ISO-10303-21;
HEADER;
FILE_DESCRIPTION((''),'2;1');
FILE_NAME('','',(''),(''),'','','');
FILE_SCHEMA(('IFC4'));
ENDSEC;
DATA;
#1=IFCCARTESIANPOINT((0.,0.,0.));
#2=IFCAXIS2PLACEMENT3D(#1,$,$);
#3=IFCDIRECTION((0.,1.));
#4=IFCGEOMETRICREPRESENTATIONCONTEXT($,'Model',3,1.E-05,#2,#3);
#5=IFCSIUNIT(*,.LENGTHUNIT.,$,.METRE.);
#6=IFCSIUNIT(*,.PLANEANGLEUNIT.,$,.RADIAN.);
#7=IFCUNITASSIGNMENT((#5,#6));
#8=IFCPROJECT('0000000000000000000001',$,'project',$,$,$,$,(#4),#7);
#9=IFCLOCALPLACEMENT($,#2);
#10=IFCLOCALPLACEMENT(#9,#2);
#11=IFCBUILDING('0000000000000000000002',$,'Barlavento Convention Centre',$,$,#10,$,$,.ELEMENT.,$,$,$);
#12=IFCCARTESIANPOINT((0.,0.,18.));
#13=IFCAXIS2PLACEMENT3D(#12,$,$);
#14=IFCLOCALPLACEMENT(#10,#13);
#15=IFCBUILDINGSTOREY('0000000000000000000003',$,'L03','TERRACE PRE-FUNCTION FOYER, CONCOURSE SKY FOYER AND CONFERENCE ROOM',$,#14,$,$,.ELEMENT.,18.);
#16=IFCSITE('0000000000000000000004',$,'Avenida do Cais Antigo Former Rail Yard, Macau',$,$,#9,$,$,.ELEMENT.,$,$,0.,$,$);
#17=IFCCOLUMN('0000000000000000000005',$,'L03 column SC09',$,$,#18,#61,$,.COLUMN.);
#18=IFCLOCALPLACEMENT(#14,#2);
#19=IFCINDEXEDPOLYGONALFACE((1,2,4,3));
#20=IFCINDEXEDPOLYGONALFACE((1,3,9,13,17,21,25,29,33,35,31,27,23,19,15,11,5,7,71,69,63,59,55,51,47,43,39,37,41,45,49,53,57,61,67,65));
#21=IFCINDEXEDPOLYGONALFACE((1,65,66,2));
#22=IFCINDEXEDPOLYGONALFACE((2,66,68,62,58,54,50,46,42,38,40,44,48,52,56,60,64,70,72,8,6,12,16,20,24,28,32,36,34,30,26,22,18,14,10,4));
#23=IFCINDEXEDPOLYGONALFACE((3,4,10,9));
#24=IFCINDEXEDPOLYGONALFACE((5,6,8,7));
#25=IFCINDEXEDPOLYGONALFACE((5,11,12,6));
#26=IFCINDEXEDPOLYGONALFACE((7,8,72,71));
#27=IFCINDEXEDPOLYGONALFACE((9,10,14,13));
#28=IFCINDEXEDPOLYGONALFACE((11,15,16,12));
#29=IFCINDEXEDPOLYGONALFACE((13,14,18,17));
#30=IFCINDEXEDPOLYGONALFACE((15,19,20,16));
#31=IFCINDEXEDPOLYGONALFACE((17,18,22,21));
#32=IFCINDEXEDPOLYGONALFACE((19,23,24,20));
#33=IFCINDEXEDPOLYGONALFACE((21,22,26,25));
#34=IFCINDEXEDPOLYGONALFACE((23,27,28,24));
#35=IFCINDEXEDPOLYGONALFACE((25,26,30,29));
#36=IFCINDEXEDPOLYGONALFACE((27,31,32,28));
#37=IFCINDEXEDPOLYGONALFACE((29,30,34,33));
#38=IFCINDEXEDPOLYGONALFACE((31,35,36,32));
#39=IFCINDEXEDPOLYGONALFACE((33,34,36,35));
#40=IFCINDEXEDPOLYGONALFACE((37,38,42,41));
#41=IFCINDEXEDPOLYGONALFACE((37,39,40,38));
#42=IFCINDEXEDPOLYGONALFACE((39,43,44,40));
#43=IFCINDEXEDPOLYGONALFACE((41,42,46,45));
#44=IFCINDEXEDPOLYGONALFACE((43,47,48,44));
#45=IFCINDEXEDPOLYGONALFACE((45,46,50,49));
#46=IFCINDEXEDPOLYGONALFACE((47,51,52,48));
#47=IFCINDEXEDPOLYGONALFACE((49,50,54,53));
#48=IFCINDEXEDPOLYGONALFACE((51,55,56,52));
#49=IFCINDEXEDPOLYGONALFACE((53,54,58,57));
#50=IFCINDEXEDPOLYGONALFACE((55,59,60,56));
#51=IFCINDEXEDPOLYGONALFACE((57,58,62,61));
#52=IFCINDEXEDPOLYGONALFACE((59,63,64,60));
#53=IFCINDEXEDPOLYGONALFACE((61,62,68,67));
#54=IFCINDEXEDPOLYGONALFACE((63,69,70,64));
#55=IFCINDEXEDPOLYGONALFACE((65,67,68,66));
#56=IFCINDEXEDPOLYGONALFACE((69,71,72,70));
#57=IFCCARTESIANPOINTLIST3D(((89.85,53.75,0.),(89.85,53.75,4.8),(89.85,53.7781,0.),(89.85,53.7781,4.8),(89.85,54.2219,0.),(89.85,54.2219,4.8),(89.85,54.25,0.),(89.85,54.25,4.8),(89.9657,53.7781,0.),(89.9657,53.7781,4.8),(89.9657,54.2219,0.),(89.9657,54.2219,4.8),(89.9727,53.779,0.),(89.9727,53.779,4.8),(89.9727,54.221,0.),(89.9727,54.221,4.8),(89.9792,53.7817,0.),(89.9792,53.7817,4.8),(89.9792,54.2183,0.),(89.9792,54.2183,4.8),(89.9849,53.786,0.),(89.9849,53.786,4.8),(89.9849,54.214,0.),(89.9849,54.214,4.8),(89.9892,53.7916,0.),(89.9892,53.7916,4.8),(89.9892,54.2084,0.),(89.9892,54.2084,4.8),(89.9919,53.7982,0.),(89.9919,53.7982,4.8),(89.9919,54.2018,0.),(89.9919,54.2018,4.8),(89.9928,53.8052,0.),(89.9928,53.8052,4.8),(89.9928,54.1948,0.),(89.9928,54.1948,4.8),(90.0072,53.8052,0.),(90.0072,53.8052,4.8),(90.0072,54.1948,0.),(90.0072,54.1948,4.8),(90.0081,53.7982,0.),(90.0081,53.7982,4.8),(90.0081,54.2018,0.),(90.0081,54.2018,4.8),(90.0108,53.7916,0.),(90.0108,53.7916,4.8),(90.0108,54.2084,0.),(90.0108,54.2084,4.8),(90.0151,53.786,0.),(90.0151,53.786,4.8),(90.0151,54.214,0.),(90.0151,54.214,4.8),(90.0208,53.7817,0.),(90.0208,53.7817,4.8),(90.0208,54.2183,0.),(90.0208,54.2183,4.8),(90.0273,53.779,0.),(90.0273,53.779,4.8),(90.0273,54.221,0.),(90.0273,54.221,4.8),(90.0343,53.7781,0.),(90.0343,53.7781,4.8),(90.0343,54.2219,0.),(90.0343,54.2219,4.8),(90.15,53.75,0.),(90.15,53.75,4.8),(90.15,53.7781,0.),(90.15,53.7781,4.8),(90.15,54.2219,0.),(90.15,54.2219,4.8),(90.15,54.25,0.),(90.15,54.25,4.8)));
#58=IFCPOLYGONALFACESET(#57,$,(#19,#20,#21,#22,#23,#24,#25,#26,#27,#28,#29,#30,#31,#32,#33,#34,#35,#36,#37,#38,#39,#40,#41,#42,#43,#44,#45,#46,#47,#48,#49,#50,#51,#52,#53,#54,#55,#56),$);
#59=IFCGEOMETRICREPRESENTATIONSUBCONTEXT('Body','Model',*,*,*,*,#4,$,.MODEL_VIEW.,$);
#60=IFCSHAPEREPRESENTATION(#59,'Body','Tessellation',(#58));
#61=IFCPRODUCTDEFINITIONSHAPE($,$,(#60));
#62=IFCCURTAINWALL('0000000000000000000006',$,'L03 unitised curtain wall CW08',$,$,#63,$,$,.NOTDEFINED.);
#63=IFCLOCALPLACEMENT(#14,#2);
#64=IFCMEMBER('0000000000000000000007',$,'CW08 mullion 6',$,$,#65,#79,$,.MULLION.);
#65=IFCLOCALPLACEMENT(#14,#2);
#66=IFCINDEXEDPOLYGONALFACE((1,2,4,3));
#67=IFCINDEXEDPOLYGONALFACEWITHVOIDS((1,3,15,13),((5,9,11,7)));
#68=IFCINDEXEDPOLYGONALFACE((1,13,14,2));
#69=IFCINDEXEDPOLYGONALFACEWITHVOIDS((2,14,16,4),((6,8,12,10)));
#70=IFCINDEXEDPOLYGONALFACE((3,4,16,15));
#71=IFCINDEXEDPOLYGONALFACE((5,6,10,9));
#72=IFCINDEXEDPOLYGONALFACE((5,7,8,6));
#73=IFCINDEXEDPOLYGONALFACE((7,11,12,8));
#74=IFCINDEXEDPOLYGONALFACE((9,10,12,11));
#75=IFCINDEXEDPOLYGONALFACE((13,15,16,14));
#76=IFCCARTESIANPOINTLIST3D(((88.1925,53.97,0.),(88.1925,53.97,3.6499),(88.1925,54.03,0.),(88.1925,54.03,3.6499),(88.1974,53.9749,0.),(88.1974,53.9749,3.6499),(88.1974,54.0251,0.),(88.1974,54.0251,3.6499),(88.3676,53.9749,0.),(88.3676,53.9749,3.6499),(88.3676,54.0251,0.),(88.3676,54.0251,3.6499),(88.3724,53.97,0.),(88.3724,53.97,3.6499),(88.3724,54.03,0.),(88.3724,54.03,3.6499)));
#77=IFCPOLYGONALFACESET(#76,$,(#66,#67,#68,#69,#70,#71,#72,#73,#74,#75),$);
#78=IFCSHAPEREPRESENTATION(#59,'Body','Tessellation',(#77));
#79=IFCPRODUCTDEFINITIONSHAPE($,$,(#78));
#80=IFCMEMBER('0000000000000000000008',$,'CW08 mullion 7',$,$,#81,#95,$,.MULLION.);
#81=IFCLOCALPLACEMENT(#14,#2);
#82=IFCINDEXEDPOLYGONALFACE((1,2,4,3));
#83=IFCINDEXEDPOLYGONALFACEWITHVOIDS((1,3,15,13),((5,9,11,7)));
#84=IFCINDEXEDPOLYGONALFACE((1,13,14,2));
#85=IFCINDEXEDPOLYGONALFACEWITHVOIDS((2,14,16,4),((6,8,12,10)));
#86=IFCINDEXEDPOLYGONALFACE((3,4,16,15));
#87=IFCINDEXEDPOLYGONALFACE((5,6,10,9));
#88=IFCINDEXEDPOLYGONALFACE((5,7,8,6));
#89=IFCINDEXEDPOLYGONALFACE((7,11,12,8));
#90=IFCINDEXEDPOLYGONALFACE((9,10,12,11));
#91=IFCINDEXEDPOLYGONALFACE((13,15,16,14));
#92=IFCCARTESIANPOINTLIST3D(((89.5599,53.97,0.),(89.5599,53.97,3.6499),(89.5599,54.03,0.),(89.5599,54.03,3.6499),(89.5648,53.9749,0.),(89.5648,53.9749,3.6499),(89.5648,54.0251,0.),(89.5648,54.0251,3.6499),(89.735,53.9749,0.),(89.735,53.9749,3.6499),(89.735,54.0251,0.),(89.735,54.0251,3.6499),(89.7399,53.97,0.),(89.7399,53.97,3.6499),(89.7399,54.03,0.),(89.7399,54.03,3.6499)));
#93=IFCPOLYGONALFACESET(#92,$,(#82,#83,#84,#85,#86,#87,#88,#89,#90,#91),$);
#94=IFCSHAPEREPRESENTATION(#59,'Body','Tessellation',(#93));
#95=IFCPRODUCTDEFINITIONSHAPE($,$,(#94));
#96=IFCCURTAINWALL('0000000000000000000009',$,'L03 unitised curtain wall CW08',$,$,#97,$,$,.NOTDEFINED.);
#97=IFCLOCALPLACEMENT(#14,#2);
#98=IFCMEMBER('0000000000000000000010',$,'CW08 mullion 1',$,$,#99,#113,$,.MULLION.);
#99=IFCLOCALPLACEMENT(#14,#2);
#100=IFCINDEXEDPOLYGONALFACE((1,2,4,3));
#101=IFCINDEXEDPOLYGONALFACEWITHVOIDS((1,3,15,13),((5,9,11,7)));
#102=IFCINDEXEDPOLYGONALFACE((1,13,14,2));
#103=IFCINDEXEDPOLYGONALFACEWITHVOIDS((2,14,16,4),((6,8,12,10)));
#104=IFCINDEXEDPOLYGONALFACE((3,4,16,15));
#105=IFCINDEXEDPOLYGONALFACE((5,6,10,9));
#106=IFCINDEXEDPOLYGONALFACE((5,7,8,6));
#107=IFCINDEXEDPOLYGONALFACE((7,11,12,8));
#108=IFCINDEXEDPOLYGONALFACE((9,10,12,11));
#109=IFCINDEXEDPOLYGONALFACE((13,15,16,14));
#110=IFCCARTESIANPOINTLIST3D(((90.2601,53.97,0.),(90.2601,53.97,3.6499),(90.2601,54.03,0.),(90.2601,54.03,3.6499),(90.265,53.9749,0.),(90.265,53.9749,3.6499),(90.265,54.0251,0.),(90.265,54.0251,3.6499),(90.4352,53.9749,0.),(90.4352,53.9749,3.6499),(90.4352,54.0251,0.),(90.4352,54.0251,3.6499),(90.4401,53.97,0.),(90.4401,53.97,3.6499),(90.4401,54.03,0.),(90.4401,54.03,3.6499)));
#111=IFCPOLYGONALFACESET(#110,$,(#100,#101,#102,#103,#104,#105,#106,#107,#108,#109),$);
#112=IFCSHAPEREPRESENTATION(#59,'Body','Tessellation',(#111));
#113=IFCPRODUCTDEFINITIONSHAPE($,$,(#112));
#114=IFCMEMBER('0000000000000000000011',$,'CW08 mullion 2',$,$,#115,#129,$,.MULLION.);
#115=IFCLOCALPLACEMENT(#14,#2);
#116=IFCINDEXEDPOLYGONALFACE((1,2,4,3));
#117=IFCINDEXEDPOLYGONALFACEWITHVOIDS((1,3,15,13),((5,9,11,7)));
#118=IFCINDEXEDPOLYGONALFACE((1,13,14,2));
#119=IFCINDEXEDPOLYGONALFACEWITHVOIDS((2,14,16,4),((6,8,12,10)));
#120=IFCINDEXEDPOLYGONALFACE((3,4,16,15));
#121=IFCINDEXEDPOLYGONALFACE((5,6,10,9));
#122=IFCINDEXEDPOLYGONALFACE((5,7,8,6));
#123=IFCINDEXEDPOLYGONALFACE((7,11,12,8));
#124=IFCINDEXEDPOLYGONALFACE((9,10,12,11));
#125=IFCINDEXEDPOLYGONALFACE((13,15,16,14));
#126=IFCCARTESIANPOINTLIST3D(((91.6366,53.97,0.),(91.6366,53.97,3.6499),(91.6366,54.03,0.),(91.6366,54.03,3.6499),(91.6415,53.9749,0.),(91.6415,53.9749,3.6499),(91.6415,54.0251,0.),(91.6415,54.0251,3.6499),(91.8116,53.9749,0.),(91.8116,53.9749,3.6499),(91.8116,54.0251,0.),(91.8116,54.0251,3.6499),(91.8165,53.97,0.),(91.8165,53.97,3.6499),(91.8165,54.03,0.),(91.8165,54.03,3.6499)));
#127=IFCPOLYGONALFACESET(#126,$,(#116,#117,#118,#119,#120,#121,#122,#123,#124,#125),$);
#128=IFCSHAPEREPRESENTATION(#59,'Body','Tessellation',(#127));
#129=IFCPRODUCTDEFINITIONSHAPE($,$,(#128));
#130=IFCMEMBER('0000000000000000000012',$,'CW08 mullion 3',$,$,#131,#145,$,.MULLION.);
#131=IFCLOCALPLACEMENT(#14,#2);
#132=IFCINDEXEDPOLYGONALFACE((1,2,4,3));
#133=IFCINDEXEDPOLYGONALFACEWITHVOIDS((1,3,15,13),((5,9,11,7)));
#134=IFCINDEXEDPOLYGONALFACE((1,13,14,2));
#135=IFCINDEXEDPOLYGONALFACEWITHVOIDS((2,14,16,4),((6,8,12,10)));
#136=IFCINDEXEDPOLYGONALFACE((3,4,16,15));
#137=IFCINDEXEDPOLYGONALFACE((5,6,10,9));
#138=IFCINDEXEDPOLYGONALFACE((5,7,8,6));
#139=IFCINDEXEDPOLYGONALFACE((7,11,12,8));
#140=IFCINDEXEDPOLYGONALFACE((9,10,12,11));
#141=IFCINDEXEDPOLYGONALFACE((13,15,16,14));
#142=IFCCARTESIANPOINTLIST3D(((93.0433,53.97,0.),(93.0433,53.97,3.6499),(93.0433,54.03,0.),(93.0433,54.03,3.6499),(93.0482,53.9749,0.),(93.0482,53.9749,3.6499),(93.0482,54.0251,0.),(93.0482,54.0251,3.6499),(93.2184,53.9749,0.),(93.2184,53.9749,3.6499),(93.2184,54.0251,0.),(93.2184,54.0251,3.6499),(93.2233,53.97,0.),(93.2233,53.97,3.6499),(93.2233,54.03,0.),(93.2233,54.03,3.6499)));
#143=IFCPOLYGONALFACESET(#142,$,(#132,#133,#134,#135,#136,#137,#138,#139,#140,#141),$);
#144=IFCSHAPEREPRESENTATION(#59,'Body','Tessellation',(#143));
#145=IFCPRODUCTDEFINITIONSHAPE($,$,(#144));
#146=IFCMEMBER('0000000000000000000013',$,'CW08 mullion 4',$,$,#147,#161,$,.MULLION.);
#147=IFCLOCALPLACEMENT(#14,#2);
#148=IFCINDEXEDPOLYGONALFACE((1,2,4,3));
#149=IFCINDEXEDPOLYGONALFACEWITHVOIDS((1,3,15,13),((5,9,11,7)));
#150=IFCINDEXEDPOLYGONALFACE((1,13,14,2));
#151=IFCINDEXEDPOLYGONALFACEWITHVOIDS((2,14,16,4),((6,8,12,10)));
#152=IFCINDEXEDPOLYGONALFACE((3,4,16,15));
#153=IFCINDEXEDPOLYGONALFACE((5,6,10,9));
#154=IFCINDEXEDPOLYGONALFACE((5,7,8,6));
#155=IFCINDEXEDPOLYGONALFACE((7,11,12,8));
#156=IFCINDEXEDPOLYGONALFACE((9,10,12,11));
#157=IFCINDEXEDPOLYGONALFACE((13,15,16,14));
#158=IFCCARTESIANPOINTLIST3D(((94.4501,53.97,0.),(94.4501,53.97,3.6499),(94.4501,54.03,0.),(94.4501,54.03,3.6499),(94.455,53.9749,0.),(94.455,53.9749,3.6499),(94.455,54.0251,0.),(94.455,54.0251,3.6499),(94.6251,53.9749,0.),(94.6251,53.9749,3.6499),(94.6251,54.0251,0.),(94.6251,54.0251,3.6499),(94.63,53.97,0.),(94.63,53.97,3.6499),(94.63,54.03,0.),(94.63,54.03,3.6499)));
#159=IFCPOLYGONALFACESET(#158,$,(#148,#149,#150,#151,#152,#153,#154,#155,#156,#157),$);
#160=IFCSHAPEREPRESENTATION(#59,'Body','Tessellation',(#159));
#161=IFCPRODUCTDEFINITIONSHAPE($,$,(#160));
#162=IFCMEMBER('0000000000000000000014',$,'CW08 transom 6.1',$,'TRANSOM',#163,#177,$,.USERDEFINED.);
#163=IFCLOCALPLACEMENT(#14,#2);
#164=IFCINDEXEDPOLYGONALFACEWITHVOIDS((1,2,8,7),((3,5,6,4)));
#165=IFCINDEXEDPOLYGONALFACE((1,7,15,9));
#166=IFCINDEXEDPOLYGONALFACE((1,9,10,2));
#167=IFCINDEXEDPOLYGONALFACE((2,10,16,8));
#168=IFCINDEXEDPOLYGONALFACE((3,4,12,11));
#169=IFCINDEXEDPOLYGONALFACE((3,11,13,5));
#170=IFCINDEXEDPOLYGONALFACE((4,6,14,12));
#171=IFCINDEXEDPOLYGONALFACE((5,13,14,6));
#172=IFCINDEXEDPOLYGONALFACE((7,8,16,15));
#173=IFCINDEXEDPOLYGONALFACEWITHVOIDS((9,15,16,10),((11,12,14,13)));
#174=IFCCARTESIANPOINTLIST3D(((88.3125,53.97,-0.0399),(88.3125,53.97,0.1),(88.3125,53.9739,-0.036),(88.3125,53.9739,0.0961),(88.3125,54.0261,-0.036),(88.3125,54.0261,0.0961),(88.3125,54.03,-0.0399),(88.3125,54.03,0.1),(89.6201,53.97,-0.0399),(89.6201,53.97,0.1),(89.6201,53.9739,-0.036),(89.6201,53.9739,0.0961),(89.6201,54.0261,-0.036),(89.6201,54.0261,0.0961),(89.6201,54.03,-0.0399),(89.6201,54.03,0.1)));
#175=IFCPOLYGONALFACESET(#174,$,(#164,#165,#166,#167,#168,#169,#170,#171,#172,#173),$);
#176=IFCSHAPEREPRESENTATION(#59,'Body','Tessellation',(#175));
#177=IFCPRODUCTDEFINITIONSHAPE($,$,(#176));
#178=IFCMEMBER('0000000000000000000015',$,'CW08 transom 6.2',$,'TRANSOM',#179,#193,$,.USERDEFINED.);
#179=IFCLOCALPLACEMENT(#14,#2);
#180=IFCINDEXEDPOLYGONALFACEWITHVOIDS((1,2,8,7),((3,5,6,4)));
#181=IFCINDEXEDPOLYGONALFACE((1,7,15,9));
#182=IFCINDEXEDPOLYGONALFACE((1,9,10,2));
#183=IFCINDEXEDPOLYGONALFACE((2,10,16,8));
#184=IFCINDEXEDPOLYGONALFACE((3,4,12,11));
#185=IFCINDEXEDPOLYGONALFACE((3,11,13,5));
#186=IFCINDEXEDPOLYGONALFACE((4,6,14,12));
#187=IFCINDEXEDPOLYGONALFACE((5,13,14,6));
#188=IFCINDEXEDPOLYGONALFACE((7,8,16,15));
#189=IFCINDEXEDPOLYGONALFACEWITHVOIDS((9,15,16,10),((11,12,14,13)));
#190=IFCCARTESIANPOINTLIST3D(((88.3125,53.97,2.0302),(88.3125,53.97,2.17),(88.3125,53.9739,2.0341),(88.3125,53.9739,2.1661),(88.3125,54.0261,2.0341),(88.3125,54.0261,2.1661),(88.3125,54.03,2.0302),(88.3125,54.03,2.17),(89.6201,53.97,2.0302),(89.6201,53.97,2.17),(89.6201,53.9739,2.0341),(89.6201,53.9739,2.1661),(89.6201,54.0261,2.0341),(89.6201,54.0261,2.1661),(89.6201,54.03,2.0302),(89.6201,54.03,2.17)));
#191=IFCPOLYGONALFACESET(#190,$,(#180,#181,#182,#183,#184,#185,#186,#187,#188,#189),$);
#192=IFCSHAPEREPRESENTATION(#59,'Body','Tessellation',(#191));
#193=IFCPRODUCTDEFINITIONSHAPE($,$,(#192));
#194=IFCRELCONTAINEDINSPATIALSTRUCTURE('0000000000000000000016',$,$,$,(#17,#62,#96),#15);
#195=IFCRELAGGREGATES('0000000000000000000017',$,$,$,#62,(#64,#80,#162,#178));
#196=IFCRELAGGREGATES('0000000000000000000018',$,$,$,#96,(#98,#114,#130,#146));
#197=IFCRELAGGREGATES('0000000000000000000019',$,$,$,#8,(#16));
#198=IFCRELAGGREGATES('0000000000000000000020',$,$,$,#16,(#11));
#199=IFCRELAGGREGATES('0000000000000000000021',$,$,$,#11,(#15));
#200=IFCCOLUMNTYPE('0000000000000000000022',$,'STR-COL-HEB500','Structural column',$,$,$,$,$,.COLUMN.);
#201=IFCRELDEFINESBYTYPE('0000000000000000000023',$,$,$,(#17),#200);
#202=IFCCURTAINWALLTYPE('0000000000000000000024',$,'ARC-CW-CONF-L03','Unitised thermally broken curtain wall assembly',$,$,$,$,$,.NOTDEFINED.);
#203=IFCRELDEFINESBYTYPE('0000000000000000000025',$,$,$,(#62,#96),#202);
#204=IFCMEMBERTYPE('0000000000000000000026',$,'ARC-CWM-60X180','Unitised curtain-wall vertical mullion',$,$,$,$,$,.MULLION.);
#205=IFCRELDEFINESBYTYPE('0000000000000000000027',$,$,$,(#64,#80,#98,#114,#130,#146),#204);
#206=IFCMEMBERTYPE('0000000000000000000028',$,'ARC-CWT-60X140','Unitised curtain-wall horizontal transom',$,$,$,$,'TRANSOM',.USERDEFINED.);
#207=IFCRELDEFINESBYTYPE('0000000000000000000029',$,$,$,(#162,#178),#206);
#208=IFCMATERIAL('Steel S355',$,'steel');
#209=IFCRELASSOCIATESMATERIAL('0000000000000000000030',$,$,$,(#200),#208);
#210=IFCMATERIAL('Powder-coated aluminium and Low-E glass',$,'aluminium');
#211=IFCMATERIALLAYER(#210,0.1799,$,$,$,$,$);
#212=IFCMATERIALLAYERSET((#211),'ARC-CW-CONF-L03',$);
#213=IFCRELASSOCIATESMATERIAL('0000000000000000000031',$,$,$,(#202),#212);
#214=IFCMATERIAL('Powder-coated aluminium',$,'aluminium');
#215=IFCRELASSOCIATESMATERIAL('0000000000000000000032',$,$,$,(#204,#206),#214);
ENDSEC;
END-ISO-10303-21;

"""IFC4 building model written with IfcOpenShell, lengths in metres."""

from ifc_helpers import new_model, si_unit, direction, frame, origin, origin_2d, place, context, subcontext, project, spatial, hollow_rectangle, i_section, extrude, material, layer, layer_set, material_profile, profile_set, type_object, element, aggregate, save


model = new_model("IFC4")

# Units and contexts
model_context = context("Model", 3, precision=1e-05, world=origin(), true_north=direction((0.0, 1.0)))
body_context = subcontext(model_context, "Body", "Model", "MODEL_VIEW")
ifc_project = project(units=[si_unit("LENGTHUNIT", "METRE"), si_unit("PLANEANGLEUNIT", "RADIAN")], contexts=[model_context])

# Site, building, storey
site_placement = place(None, origin())
site = spatial("IfcSite", under=ifc_project, at=site_placement, Name="Avenida do Cais Antigo Former Rail Yard, Macau", CompositionType="ELEMENT", RefElevation=0.0)
building_placement = place(site_placement, origin())
building = spatial("IfcBuilding", under=site, at=building_placement, Name="Barlavento Convention Centre", CompositionType="ELEMENT")
storey_placement = place(building_placement, frame((0.0, 0.0, 18.0)))
storey = spatial("IfcBuildingStorey", under=building, at=storey_placement, Name="L03", Description="TERRACE PRE-FUNCTION FOYER, CONCOURSE SKY FOYER AND CONFERENCE ROOM", CompositionType="ELEMENT", Elevation=18.0)

# Column
ifc_material_1 = material(Name="Steel S355", Category="steel")
ifc_material_profile_1 = material_profile(ifc_material_1, i_section(OverallWidth=0.3, OverallDepth=0.5, WebThickness=0.0144, FlangeThickness=0.0281, FilletRadius=0.0271, at=origin_2d()), Name="HEB 500")
ifc_profile_set_1 = profile_set([ifc_material_profile_1], Name="Steel S355")
column_type = type_object("IfcColumnType", Name="STR-COL-HEB500", Description="Structural column", PredefinedType="COLUMN", material=ifc_profile_set_1)
column_placement = place(storey_placement, frame((90.0, 54.0, 0.0), z_axis=(0.0, 0.0, 1.0), x_axis=(1.0, 0.0, 0.0)))
element("IfcColumn", 1, at=column_placement, inside=storey, type_object=column_type, Name="L03 column SC09", PredefinedType="COLUMN", context=body_context, shape_type="SweptSolid", body=[
    extrude(i_section(OverallWidth=0.3, OverallDepth=0.5, WebThickness=0.0144, FlangeThickness=0.0281, FilletRadius=0.0271, at=origin_2d()), origin(), (0.0, 0.0, 1.0), 4.8),
])

# Curtain walls, members
ifc_material_2 = material(Name="Powder-coated aluminium and Low-E glass", Category="aluminium")
ifc_layer_1 = layer(ifc_material_2, 0.1799)
ifc_layer_set_1 = layer_set([ifc_layer_1], Name="ARC-CW-CONF-L03")
curtain_wall_type = type_object("IfcCurtainWallType", Name="ARC-CW-CONF-L03", Description="Unitised thermally broken curtain wall assembly", PredefinedType="NOTDEFINED", material=ifc_layer_set_1)
curtain_wall_1_placement = place(storey_placement, origin())
curtain_wall_1 = element("IfcCurtainWall", 2, at=curtain_wall_1_placement, inside=storey, type_object=curtain_wall_type, Name="L03 unitised curtain wall CW08", PredefinedType="NOTDEFINED")
ifc_material_3 = material(Name="Powder-coated aluminium", Category="aluminium")
ifc_material_profile_2 = material_profile(ifc_material_3, hollow_rectangle(XDim=0.0601, YDim=0.1799, WallThickness=0.0049, at=origin_2d()), Name="AL-MULL 60x180x5")
ifc_profile_set_2 = profile_set([ifc_material_profile_2], Name="Powder-coated aluminium")
member_type_1 = type_object("IfcMemberType", Name="ARC-CWM-60X180", Description="Unitised curtain-wall vertical mullion", PredefinedType="MULLION", material=ifc_profile_set_2)
member_1_placement = place(storey_placement, frame((88.2825, 54.0, 0.0), z_axis=(0.0, 0.0, 1.0), x_axis=(0.0, 1.0, 0.0)))
member_1 = element("IfcMember", 3, at=member_1_placement, type_object=member_type_1, Name="CW08 mullion 6", PredefinedType="MULLION", context=body_context, shape_type="SweptSolid", body=[
    extrude(hollow_rectangle(XDim=0.0601, YDim=0.1799, WallThickness=0.0049, at=origin_2d()), origin(), (0.0, 0.0, 1.0), 3.6499),
])
member_2_placement = place(storey_placement, frame((89.6499, 54.0, 0.0), z_axis=(0.0, 0.0, 1.0), x_axis=(0.0, 1.0, 0.0)))
member_2 = element("IfcMember", 4, at=member_2_placement, type_object=member_type_1, Name="CW08 mullion 7", PredefinedType="MULLION", context=body_context, shape_type="SweptSolid", body=[
    extrude(hollow_rectangle(XDim=0.0601, YDim=0.1799, WallThickness=0.0049, at=origin_2d()), origin(), (0.0, 0.0, 1.0), 3.6499),
])
curtain_wall_2_placement = place(storey_placement, origin())
curtain_wall_2 = element("IfcCurtainWall", 5, at=curtain_wall_2_placement, inside=storey, type_object=curtain_wall_type, Name="L03 unitised curtain wall CW08", PredefinedType="NOTDEFINED")
member_3_placement = place(storey_placement, frame((90.3501, 54.0, 0.0), z_axis=(0.0, 0.0, 1.0), x_axis=(0.0, 1.0, 0.0)))
member_3 = element("IfcMember", 6, at=member_3_placement, type_object=member_type_1, Name="CW08 mullion 1", PredefinedType="MULLION", context=body_context, shape_type="SweptSolid", body=[
    extrude(hollow_rectangle(XDim=0.0601, YDim=0.1799, WallThickness=0.0049, at=origin_2d()), origin(), (0.0, 0.0, 1.0), 3.6499),
])
member_4_placement = place(storey_placement, frame((91.7266, 54.0, 0.0), z_axis=(0.0, 0.0, 1.0), x_axis=(0.0, 1.0, 0.0)))
member_4 = element("IfcMember", 7, at=member_4_placement, type_object=member_type_1, Name="CW08 mullion 2", PredefinedType="MULLION", context=body_context, shape_type="SweptSolid", body=[
    extrude(hollow_rectangle(XDim=0.0601, YDim=0.1799, WallThickness=0.0049, at=origin_2d()), origin(), (0.0, 0.0, 1.0), 3.6499),
])
member_5_placement = place(storey_placement, frame((93.1333, 54.0, 0.0), z_axis=(0.0, 0.0, 1.0), x_axis=(0.0, 1.0, 0.0)))
member_5 = element("IfcMember", 8, at=member_5_placement, type_object=member_type_1, Name="CW08 mullion 3", PredefinedType="MULLION", context=body_context, shape_type="SweptSolid", body=[
    extrude(hollow_rectangle(XDim=0.0601, YDim=0.1799, WallThickness=0.0049, at=origin_2d()), origin(), (0.0, 0.0, 1.0), 3.6499),
])
member_6_placement = place(storey_placement, frame((94.54, 54.0, 0.0), z_axis=(0.0, 0.0, 1.0), x_axis=(0.0, 1.0, 0.0)))
member_6 = element("IfcMember", 9, at=member_6_placement, type_object=member_type_1, Name="CW08 mullion 4", PredefinedType="MULLION", context=body_context, shape_type="SweptSolid", body=[
    extrude(hollow_rectangle(XDim=0.0601, YDim=0.1799, WallThickness=0.0049, at=origin_2d()), origin(), (0.0, 0.0, 1.0), 3.6499),
])

# Members
ifc_material_profile_3 = material_profile(ifc_material_3, hollow_rectangle(XDim=0.0601, YDim=0.1399, WallThickness=0.0039, at=origin_2d()), Name="AL-TRAN 60x140x4")
ifc_profile_set_3 = profile_set([ifc_material_profile_3], Name="Powder-coated aluminium")
member_type_2 = type_object("IfcMemberType", Name="ARC-CWT-60X140", Description="Unitised curtain-wall horizontal transom", ElementType="TRANSOM", PredefinedType="USERDEFINED", material=ifc_profile_set_3)
member_7_placement = place(storey_placement, frame((88.3125, 54.0, 0.03), z_axis=(1.0, 0.0, 0.0), x_axis=(0.0, 1.0, 0.0)))
member_7 = element("IfcMember", 10, at=member_7_placement, type_object=member_type_2, Name="CW08 transom 6.1", ObjectType="TRANSOM", PredefinedType="USERDEFINED", context=body_context, shape_type="SweptSolid", body=[
    extrude(hollow_rectangle(XDim=0.0601, YDim=0.1399, WallThickness=0.0039, at=origin_2d()), origin(), (0.0, 0.0, 1.0), 1.3076),
])
member_8_placement = place(storey_placement, frame((88.3125, 54.0, 2.1001), z_axis=(1.0, 0.0, 0.0), x_axis=(0.0, 1.0, 0.0)))
member_8 = element("IfcMember", 11, at=member_8_placement, type_object=member_type_2, Name="CW08 transom 6.2", ObjectType="TRANSOM", PredefinedType="USERDEFINED", context=body_context, shape_type="SweptSolid", body=[
    extrude(hollow_rectangle(XDim=0.0601, YDim=0.1399, WallThickness=0.0039, at=origin_2d()), origin(), (0.0, 0.0, 1.0), 1.3076),
])

aggregate(curtain_wall_1, [member_1, member_2, member_7, member_8])
aggregate(curtain_wall_2, [member_3, member_4, member_5, member_6])

save(model, "model.ifc")
